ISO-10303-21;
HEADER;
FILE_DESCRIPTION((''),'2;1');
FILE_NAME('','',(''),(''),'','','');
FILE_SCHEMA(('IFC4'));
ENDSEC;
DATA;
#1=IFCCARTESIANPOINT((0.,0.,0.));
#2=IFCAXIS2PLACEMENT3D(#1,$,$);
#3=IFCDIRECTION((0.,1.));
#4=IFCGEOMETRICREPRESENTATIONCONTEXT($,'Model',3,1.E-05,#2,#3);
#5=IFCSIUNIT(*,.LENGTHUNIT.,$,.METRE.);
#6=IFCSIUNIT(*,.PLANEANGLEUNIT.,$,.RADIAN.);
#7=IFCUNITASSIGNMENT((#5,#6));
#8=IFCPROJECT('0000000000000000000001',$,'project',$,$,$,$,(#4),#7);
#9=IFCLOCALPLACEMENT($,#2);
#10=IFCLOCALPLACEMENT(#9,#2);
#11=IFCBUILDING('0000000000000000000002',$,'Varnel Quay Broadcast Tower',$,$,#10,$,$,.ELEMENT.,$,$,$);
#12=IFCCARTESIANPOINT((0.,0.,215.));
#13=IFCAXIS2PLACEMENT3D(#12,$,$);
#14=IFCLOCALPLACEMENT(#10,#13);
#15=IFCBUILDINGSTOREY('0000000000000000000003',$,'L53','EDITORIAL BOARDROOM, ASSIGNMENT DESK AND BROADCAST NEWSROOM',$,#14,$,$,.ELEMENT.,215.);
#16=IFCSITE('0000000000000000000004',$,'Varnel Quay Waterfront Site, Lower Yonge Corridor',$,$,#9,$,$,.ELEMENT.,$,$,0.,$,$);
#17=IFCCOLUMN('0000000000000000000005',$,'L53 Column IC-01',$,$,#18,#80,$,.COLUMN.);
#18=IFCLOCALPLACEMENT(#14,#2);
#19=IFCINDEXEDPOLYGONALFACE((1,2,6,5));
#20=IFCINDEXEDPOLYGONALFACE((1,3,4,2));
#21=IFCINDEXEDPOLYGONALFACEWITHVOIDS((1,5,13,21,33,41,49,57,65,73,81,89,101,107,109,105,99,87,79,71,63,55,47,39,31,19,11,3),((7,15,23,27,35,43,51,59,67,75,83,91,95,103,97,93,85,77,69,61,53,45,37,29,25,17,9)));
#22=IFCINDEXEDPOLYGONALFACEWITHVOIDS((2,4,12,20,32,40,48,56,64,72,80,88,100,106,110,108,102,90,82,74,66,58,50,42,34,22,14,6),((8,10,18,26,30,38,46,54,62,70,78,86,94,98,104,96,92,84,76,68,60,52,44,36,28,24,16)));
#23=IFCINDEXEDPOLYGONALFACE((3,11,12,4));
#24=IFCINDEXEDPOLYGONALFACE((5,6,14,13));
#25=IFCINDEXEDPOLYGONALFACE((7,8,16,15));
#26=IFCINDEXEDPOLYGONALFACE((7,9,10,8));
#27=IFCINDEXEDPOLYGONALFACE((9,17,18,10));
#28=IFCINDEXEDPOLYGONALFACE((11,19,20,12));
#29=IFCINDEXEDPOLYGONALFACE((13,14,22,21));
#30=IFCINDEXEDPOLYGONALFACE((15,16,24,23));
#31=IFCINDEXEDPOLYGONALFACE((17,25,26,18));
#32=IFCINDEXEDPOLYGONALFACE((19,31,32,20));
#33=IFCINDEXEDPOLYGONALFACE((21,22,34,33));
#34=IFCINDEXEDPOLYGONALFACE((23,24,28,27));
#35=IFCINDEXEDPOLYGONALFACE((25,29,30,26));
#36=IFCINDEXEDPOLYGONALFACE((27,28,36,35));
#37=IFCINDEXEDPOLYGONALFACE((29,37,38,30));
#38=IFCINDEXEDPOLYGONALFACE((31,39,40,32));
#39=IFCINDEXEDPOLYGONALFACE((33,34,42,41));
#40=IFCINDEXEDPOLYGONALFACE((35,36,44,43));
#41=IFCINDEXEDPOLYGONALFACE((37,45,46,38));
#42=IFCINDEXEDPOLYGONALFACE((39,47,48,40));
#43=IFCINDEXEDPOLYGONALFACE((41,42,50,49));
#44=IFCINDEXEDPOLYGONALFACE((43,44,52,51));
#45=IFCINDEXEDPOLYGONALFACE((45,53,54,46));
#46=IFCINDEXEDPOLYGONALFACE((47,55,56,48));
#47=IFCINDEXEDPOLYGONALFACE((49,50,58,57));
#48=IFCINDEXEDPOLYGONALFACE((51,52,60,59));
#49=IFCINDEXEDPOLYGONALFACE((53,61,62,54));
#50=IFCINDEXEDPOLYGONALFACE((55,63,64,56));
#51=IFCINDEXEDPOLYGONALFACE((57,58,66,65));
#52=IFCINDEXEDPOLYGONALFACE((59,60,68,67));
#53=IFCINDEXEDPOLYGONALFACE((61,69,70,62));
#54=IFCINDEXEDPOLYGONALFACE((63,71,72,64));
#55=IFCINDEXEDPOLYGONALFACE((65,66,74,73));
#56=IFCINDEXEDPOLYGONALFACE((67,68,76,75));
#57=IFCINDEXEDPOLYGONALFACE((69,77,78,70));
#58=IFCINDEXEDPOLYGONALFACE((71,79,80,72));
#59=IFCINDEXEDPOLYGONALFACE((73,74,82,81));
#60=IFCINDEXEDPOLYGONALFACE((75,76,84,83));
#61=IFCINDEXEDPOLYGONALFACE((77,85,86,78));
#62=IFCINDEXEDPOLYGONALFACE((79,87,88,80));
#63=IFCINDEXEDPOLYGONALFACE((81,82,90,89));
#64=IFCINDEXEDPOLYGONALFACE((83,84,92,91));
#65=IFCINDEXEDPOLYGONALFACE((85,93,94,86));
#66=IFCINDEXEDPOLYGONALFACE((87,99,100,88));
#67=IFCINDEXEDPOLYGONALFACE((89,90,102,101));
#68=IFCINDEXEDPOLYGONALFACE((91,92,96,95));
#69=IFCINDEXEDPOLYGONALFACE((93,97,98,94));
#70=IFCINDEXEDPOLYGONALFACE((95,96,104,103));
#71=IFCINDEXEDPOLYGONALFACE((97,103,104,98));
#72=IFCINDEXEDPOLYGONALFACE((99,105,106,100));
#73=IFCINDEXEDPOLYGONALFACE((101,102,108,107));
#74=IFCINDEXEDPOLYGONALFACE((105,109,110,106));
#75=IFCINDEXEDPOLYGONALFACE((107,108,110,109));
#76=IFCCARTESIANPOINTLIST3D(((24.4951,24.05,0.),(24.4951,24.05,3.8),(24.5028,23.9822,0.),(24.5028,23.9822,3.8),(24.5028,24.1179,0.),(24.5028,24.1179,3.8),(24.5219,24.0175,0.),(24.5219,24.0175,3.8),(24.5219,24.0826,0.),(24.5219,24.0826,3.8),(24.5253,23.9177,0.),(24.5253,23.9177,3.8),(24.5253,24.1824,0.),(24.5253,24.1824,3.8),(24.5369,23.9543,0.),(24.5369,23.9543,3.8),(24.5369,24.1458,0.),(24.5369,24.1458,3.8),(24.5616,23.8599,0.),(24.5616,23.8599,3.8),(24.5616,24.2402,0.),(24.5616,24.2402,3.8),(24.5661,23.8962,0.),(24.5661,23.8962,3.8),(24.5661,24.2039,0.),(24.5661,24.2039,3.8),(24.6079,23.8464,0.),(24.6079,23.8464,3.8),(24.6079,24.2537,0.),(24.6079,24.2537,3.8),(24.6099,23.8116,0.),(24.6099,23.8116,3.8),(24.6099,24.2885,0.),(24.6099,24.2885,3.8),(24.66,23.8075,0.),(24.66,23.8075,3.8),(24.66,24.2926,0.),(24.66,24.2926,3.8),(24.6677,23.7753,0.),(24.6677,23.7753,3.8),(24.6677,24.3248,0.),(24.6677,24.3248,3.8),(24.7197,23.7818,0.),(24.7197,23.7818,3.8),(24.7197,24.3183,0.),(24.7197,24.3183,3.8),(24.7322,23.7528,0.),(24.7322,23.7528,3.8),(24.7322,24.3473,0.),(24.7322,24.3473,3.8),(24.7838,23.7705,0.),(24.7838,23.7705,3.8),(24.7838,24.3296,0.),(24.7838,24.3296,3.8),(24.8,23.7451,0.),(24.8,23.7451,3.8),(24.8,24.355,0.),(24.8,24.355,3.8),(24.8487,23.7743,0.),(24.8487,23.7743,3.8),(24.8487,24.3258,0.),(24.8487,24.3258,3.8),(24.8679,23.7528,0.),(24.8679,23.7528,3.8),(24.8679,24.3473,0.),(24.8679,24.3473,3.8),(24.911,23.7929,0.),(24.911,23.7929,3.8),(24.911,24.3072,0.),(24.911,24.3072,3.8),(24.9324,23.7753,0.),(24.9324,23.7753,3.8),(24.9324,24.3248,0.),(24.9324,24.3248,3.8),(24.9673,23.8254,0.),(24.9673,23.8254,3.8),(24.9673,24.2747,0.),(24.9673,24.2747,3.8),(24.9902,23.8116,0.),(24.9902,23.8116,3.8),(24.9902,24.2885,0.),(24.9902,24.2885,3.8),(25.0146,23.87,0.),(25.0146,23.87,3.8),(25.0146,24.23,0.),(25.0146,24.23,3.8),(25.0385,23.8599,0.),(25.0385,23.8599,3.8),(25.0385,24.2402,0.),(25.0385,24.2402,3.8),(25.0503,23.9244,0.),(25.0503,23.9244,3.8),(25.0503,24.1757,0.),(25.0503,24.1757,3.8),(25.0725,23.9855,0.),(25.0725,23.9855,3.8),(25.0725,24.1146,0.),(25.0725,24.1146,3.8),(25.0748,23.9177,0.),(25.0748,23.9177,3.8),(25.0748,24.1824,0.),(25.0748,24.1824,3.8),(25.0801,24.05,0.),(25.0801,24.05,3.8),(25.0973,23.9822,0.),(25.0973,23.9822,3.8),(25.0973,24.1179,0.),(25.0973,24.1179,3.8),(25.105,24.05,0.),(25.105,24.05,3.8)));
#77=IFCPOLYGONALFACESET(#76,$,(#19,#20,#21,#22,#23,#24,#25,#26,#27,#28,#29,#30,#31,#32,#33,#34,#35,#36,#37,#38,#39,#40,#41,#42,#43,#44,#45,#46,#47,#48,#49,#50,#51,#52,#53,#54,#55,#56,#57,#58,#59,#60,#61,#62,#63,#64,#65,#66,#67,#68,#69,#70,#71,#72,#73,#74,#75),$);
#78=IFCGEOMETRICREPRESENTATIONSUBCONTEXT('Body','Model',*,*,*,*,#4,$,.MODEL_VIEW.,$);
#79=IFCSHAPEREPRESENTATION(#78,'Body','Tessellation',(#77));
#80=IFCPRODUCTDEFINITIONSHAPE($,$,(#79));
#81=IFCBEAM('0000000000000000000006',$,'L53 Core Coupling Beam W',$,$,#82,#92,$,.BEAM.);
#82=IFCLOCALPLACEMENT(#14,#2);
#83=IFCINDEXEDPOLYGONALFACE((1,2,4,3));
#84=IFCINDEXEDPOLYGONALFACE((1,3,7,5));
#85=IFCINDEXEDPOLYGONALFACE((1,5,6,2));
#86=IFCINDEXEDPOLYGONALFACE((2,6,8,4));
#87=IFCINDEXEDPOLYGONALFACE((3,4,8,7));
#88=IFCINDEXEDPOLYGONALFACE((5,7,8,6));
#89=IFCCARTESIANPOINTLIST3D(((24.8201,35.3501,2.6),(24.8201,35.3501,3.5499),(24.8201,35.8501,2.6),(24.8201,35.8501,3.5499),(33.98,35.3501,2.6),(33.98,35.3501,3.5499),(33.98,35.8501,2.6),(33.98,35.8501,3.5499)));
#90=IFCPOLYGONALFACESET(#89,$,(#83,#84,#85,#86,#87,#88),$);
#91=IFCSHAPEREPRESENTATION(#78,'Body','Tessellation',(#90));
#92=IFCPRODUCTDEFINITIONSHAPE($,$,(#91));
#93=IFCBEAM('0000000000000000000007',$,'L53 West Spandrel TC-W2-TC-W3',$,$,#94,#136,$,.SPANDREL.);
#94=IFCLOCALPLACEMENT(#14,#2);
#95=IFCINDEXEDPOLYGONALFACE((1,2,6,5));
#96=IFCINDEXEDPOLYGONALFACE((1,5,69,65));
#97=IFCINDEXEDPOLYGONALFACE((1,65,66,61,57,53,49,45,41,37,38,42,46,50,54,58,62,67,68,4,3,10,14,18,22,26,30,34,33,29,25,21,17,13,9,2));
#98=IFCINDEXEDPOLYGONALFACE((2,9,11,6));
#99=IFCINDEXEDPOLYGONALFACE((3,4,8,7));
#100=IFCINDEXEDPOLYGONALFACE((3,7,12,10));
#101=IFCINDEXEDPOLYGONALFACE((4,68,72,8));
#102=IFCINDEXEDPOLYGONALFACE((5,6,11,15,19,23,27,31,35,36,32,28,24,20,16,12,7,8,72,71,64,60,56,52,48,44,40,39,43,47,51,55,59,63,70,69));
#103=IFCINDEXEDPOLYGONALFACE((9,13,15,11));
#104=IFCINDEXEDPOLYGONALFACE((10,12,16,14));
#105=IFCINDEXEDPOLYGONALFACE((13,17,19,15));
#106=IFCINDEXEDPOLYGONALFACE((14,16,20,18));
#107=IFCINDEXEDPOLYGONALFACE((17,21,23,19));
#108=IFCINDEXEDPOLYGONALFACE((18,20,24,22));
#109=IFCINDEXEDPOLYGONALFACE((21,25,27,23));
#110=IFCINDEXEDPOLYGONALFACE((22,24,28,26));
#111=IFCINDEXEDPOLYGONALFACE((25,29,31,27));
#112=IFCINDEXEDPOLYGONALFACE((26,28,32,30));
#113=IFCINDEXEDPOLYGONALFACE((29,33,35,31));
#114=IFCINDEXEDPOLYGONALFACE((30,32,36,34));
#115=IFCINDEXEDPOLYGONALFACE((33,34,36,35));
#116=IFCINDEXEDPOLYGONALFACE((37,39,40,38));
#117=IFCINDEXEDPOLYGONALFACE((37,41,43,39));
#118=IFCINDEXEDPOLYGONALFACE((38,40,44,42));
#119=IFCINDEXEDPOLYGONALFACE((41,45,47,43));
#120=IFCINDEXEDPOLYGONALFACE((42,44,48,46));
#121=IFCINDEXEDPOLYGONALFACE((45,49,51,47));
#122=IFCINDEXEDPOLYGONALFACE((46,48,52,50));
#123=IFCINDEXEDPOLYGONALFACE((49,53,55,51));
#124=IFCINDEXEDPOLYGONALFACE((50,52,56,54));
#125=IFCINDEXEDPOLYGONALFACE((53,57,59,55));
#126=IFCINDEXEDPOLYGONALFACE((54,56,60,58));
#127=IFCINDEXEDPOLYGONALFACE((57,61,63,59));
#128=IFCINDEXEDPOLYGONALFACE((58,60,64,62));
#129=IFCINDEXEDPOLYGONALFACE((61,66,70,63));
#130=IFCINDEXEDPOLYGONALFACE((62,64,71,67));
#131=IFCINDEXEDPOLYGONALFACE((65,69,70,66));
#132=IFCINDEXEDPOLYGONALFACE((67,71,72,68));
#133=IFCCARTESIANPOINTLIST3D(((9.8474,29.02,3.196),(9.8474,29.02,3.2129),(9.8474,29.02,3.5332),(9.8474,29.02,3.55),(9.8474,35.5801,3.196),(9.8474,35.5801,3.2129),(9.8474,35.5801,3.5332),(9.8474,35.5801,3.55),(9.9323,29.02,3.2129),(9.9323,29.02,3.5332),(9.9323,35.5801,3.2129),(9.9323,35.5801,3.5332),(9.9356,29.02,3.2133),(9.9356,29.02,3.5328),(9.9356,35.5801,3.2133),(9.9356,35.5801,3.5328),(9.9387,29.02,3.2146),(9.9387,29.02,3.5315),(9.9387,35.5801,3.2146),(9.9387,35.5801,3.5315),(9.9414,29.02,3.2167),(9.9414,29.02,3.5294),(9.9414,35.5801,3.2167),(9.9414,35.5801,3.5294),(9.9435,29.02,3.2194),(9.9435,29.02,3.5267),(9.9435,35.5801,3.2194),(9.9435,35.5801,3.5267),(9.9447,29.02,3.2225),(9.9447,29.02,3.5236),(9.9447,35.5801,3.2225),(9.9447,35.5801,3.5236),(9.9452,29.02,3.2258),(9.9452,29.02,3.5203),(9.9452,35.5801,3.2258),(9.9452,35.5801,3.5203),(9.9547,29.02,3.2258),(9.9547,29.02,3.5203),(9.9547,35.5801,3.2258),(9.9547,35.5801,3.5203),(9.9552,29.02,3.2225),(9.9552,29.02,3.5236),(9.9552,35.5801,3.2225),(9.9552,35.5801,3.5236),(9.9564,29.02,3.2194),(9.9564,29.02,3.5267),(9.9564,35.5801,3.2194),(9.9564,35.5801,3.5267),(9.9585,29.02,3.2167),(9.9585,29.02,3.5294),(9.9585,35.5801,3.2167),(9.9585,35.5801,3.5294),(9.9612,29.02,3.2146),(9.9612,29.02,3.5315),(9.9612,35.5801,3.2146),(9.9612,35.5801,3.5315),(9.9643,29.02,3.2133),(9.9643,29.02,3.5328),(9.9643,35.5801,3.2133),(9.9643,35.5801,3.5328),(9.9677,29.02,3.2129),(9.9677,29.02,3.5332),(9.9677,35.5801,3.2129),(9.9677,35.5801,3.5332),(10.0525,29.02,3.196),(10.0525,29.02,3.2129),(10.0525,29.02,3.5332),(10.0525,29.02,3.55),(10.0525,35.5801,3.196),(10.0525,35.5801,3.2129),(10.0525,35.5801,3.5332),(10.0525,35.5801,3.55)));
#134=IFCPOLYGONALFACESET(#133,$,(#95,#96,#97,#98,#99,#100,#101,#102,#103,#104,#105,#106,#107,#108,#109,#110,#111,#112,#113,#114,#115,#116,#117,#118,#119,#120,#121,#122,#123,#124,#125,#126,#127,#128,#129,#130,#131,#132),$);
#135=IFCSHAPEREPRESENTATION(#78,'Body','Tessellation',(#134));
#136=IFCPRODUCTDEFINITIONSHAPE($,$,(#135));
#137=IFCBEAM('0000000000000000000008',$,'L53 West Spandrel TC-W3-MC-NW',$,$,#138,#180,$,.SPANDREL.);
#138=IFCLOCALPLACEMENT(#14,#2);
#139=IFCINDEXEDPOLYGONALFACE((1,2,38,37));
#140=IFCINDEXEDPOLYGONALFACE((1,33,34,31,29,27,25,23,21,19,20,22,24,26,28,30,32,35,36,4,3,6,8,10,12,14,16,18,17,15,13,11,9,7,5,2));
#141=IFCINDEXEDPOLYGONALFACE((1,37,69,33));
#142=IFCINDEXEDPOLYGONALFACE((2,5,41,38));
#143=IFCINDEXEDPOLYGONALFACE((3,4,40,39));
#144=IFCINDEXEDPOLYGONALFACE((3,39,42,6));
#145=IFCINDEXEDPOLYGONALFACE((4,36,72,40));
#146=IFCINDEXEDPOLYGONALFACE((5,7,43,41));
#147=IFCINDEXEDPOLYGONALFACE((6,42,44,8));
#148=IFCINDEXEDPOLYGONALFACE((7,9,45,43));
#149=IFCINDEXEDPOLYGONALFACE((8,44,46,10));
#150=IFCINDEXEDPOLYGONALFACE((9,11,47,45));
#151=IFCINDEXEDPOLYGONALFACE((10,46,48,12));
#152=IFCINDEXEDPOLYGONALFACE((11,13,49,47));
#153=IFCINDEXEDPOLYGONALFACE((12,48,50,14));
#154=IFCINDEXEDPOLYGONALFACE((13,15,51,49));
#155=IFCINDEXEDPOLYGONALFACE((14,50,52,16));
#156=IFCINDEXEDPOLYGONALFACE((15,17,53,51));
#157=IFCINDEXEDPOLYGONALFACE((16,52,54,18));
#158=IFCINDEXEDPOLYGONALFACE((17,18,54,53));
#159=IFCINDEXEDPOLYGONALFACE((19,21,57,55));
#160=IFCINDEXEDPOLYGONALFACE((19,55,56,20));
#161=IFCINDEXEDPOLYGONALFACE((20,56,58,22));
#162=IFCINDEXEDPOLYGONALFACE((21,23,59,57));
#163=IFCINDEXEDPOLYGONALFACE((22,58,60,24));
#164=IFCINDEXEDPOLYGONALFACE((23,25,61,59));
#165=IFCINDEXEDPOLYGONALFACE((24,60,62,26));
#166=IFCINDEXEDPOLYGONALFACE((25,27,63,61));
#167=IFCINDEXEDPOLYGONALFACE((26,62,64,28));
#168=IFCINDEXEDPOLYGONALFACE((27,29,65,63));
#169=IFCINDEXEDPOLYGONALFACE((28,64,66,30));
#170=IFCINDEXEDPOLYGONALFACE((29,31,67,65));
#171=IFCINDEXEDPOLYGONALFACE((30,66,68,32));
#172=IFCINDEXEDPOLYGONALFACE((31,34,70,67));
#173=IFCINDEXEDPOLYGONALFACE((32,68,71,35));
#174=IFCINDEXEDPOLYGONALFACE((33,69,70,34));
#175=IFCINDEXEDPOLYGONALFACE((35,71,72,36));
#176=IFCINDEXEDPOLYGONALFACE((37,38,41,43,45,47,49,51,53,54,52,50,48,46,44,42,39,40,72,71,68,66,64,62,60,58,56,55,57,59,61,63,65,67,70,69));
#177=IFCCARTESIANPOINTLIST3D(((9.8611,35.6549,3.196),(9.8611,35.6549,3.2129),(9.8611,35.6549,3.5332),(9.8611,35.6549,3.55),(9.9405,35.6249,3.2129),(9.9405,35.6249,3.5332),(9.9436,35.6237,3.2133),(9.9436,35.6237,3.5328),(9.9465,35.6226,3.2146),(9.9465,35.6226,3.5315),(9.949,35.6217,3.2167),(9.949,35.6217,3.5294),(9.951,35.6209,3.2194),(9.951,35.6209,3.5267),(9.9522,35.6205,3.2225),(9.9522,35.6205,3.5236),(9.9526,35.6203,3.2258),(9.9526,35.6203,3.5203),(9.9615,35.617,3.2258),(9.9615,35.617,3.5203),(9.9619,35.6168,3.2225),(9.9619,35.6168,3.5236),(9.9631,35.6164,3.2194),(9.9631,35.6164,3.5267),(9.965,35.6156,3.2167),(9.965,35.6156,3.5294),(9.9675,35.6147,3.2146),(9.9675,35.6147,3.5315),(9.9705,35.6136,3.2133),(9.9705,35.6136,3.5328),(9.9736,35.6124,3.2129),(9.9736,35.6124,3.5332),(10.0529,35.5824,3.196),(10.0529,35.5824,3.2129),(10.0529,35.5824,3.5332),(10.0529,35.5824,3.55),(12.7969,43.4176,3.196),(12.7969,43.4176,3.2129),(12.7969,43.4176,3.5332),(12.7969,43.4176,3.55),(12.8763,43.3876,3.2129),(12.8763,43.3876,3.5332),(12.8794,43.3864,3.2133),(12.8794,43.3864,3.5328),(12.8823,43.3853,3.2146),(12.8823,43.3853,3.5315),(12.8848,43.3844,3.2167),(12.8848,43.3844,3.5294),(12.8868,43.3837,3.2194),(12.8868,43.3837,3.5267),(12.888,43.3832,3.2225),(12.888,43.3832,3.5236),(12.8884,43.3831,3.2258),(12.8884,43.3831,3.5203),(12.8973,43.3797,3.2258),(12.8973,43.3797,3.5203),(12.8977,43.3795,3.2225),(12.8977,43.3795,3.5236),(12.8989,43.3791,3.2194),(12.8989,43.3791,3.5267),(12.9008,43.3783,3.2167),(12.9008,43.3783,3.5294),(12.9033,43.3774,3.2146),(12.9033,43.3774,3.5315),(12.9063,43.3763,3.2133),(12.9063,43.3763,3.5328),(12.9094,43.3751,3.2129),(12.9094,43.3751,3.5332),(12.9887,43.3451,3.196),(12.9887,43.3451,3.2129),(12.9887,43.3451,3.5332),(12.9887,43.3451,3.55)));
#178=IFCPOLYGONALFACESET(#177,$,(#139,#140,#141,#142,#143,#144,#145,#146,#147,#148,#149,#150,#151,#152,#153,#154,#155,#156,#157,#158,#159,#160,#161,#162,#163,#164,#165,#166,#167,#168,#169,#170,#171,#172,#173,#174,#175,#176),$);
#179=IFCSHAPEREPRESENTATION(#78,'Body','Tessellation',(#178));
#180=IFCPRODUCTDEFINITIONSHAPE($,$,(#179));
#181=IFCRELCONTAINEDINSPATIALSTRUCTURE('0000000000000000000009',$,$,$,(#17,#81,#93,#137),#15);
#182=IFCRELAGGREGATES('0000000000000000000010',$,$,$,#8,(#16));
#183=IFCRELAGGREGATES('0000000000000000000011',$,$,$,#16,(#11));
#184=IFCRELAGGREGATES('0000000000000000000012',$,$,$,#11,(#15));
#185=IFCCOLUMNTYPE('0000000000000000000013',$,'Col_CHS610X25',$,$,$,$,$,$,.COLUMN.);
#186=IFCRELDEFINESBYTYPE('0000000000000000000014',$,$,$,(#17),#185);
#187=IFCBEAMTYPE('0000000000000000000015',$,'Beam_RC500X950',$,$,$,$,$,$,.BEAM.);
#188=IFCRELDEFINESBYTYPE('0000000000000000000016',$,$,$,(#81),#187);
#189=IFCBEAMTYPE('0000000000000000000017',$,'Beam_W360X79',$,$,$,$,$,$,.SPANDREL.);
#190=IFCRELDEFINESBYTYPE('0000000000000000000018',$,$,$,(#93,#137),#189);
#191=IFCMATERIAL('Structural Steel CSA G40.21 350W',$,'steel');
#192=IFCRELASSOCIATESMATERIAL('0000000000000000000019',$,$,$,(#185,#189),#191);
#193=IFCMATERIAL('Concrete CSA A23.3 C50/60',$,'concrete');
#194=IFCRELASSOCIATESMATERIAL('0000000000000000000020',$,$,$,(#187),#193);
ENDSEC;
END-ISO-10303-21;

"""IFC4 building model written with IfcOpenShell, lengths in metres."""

from ifc_helpers import new_model, si_unit, direction, frame, origin, origin_2d, place, context, subcontext, project, spatial, rectangle, hollow_circle, i_section, extrude, source, transform, mapped, material, material_profile, profile_set, type_object, type_shapes, element, save


model = new_model("IFC4")

# Units and contexts
model_context = context("Model", 3, precision=1e-05, world=origin(), true_north=direction((0.0, 1.0)))
body_context = subcontext(model_context, "Body", "Model", "MODEL_VIEW")
ifc_project = project(units=[si_unit("LENGTHUNIT", "METRE"), si_unit("PLANEANGLEUNIT", "RADIAN")], contexts=[model_context])

# Site, building, storey
site_placement = place(None, origin())
site = spatial("IfcSite", under=ifc_project, at=site_placement, Name="Varnel Quay Waterfront Site, Lower Yonge Corridor", CompositionType="ELEMENT", RefElevation=0.0)
building_placement = place(site_placement, origin())
building = spatial("IfcBuilding", under=site, at=building_placement, Name="Varnel Quay Broadcast Tower", CompositionType="ELEMENT")
storey_placement = place(building_placement, frame((0.0, 0.0, 215.0)))
storey = spatial("IfcBuildingStorey", under=building, at=storey_placement, Name="L53", Description="EDITORIAL BOARDROOM, ASSIGNMENT DESK AND BROADCAST NEWSROOM", CompositionType="ELEMENT", Elevation=215.0)

# Column
ifc_material_1 = material(Name="Structural Steel CSA G40.21 350W", Category="steel")
ifc_material_profile_1 = material_profile(ifc_material_1, hollow_circle(Radius=0.3049, WallThickness=0.0249, at=origin_2d()), Name="CHS610X25")
ifc_profile_set_1 = profile_set([ifc_material_profile_1], Name="Structural Steel CSA G40.21 350W")
column_type_1 = type_object("IfcColumnType", Name="Col_CHS610X25", PredefinedType="COLUMN", material=ifc_profile_set_1)
shared_shape_1 = source(origin(), body_context, "Body", "SweptSolid", [
    extrude(hollow_circle(Radius=0.3049, WallThickness=0.0249, at=origin_2d()), origin(), (0.0, 0.0, 1.0), 3.8),
])
type_shapes(column_type_1, [shared_shape_1])
column_placement = place(storey_placement, frame((24.8, 24.05, 0.0), z_axis=(0.0, 0.0, 1.0), x_axis=(1.0, 0.0, 0.0)))
element("IfcColumn", 1, at=column_placement, inside=storey, type_object=column_type_1, Name="L53 Column IC-01", PredefinedType="COLUMN", context=body_context, shape_type="MappedRepresentation", body=[
    mapped(shared_shape_1, transform((0.0, 0.0, 0.0), x_axis=(1.0, 0.0, 0.0), y_axis=(0.0, 1.0, 0.0), z_axis=(0.0, 0.0, 1.0), scale=1.0)),
])

# Beams
ifc_material_2 = material(Name="Concrete CSA A23.3 C50/60", Category="concrete")
ifc_material_profile_2 = material_profile(ifc_material_2, rectangle(XDim=0.5, YDim=0.95, at=origin_2d()), Name="RC500X950")
ifc_profile_set_2 = profile_set([ifc_material_profile_2], Name="Concrete CSA A23.3 C50/60")
beam_type_1 = type_object("IfcBeamType", Name="Beam_RC500X950", PredefinedType="BEAM", material=ifc_profile_set_2)
shared_shape_2 = source(origin(), body_context, "Body", "SweptSolid", [
    extrude(rectangle(XDim=0.5, YDim=0.95, at=origin_2d()), origin(), (0.0, 0.0, 1.0), 9.1599),
])
type_shapes(beam_type_1, [shared_shape_2])
beam_1_placement = place(storey_placement, frame((24.8201, 35.6001, 3.075), z_axis=(1.0, 0.0, 0.0), x_axis=(0.0, 1.0, 0.0)))
element("IfcBeam", 2, at=beam_1_placement, inside=storey, type_object=beam_type_1, Name="L53 Core Coupling Beam W", PredefinedType="BEAM", context=body_context, shape_type="MappedRepresentation", body=[
    mapped(shared_shape_2, transform((0.0, 0.0, 0.0), x_axis=(1.0, 0.0, 0.0), y_axis=(0.0, 1.0, 0.0), z_axis=(0.0, 0.0, 1.0), scale=1.0)),
])
ifc_material_profile_3 = material_profile(ifc_material_1, i_section(OverallWidth=0.2051, OverallDepth=0.354, WebThickness=0.0095, FlangeThickness=0.0168, FilletRadius=0.0129, at=origin_2d()), Name="W360X79")
ifc_profile_set_3 = profile_set([ifc_material_profile_3], Name="Structural Steel CSA G40.21 350W")
beam_type_2 = type_object("IfcBeamType", Name="Beam_W360X79", PredefinedType="SPANDREL", material=ifc_profile_set_3)
shared_shape_3 = source(origin(), body_context, "Body", "SweptSolid", [
    extrude(i_section(OverallWidth=0.2051, OverallDepth=0.354, WebThickness=0.0095, FlangeThickness=0.0168, FilletRadius=0.0129, at=origin_2d()), origin(), (0.0, 0.0, 1.0), 6.5601),
])
beam_2_placement = place(storey_placement, frame((9.95, 29.02, 3.373), z_axis=(0.0, 1.0, 0.0), x_axis=(-1.0, 0.0, 0.0)))
element("IfcBeam", 3, at=beam_2_placement, inside=storey, type_object=beam_type_2, Name="L53 West Spandrel TC-W2-TC-W3", PredefinedType="SPANDREL", context=body_context, shape_type="MappedRepresentation", body=[
    mapped(shared_shape_3, transform((0.0, 0.0, 0.0), x_axis=(1.0, 0.0, 0.0), y_axis=(0.0, 1.0, 0.0), z_axis=(0.0, 0.0, 1.0), scale=1.0)),
])
shared_shape_4 = source(origin(), body_context, "Body", "SweptSolid", [
    extrude(i_section(OverallWidth=0.2051, OverallDepth=0.354, WebThickness=0.0095, FlangeThickness=0.0168, FilletRadius=0.0129, at=origin_2d()), origin(), (0.0, 0.0, 1.0), 8.2993),
])
type_shapes(beam_type_2, [shared_shape_3, shared_shape_4])
beam_3_placement = place(storey_placement, frame((9.957, 35.6187, 3.373), z_axis=(0.35374, 0.935344, 0.0), x_axis=(-0.935344, 0.35374, 0.0)))
element("IfcBeam", 4, at=beam_3_placement, inside=storey, type_object=beam_type_2, Name="L53 West Spandrel TC-W3-MC-NW", PredefinedType="SPANDREL", context=body_context, shape_type="MappedRepresentation", body=[
    mapped(shared_shape_4, transform((0.0, 0.0, 0.0), x_axis=(1.0, 0.0, 0.0), y_axis=(0.0, 1.0, 0.0), z_axis=(0.0, 0.0, 1.0), scale=1.0)),
])

save(model, "model.ifc")
